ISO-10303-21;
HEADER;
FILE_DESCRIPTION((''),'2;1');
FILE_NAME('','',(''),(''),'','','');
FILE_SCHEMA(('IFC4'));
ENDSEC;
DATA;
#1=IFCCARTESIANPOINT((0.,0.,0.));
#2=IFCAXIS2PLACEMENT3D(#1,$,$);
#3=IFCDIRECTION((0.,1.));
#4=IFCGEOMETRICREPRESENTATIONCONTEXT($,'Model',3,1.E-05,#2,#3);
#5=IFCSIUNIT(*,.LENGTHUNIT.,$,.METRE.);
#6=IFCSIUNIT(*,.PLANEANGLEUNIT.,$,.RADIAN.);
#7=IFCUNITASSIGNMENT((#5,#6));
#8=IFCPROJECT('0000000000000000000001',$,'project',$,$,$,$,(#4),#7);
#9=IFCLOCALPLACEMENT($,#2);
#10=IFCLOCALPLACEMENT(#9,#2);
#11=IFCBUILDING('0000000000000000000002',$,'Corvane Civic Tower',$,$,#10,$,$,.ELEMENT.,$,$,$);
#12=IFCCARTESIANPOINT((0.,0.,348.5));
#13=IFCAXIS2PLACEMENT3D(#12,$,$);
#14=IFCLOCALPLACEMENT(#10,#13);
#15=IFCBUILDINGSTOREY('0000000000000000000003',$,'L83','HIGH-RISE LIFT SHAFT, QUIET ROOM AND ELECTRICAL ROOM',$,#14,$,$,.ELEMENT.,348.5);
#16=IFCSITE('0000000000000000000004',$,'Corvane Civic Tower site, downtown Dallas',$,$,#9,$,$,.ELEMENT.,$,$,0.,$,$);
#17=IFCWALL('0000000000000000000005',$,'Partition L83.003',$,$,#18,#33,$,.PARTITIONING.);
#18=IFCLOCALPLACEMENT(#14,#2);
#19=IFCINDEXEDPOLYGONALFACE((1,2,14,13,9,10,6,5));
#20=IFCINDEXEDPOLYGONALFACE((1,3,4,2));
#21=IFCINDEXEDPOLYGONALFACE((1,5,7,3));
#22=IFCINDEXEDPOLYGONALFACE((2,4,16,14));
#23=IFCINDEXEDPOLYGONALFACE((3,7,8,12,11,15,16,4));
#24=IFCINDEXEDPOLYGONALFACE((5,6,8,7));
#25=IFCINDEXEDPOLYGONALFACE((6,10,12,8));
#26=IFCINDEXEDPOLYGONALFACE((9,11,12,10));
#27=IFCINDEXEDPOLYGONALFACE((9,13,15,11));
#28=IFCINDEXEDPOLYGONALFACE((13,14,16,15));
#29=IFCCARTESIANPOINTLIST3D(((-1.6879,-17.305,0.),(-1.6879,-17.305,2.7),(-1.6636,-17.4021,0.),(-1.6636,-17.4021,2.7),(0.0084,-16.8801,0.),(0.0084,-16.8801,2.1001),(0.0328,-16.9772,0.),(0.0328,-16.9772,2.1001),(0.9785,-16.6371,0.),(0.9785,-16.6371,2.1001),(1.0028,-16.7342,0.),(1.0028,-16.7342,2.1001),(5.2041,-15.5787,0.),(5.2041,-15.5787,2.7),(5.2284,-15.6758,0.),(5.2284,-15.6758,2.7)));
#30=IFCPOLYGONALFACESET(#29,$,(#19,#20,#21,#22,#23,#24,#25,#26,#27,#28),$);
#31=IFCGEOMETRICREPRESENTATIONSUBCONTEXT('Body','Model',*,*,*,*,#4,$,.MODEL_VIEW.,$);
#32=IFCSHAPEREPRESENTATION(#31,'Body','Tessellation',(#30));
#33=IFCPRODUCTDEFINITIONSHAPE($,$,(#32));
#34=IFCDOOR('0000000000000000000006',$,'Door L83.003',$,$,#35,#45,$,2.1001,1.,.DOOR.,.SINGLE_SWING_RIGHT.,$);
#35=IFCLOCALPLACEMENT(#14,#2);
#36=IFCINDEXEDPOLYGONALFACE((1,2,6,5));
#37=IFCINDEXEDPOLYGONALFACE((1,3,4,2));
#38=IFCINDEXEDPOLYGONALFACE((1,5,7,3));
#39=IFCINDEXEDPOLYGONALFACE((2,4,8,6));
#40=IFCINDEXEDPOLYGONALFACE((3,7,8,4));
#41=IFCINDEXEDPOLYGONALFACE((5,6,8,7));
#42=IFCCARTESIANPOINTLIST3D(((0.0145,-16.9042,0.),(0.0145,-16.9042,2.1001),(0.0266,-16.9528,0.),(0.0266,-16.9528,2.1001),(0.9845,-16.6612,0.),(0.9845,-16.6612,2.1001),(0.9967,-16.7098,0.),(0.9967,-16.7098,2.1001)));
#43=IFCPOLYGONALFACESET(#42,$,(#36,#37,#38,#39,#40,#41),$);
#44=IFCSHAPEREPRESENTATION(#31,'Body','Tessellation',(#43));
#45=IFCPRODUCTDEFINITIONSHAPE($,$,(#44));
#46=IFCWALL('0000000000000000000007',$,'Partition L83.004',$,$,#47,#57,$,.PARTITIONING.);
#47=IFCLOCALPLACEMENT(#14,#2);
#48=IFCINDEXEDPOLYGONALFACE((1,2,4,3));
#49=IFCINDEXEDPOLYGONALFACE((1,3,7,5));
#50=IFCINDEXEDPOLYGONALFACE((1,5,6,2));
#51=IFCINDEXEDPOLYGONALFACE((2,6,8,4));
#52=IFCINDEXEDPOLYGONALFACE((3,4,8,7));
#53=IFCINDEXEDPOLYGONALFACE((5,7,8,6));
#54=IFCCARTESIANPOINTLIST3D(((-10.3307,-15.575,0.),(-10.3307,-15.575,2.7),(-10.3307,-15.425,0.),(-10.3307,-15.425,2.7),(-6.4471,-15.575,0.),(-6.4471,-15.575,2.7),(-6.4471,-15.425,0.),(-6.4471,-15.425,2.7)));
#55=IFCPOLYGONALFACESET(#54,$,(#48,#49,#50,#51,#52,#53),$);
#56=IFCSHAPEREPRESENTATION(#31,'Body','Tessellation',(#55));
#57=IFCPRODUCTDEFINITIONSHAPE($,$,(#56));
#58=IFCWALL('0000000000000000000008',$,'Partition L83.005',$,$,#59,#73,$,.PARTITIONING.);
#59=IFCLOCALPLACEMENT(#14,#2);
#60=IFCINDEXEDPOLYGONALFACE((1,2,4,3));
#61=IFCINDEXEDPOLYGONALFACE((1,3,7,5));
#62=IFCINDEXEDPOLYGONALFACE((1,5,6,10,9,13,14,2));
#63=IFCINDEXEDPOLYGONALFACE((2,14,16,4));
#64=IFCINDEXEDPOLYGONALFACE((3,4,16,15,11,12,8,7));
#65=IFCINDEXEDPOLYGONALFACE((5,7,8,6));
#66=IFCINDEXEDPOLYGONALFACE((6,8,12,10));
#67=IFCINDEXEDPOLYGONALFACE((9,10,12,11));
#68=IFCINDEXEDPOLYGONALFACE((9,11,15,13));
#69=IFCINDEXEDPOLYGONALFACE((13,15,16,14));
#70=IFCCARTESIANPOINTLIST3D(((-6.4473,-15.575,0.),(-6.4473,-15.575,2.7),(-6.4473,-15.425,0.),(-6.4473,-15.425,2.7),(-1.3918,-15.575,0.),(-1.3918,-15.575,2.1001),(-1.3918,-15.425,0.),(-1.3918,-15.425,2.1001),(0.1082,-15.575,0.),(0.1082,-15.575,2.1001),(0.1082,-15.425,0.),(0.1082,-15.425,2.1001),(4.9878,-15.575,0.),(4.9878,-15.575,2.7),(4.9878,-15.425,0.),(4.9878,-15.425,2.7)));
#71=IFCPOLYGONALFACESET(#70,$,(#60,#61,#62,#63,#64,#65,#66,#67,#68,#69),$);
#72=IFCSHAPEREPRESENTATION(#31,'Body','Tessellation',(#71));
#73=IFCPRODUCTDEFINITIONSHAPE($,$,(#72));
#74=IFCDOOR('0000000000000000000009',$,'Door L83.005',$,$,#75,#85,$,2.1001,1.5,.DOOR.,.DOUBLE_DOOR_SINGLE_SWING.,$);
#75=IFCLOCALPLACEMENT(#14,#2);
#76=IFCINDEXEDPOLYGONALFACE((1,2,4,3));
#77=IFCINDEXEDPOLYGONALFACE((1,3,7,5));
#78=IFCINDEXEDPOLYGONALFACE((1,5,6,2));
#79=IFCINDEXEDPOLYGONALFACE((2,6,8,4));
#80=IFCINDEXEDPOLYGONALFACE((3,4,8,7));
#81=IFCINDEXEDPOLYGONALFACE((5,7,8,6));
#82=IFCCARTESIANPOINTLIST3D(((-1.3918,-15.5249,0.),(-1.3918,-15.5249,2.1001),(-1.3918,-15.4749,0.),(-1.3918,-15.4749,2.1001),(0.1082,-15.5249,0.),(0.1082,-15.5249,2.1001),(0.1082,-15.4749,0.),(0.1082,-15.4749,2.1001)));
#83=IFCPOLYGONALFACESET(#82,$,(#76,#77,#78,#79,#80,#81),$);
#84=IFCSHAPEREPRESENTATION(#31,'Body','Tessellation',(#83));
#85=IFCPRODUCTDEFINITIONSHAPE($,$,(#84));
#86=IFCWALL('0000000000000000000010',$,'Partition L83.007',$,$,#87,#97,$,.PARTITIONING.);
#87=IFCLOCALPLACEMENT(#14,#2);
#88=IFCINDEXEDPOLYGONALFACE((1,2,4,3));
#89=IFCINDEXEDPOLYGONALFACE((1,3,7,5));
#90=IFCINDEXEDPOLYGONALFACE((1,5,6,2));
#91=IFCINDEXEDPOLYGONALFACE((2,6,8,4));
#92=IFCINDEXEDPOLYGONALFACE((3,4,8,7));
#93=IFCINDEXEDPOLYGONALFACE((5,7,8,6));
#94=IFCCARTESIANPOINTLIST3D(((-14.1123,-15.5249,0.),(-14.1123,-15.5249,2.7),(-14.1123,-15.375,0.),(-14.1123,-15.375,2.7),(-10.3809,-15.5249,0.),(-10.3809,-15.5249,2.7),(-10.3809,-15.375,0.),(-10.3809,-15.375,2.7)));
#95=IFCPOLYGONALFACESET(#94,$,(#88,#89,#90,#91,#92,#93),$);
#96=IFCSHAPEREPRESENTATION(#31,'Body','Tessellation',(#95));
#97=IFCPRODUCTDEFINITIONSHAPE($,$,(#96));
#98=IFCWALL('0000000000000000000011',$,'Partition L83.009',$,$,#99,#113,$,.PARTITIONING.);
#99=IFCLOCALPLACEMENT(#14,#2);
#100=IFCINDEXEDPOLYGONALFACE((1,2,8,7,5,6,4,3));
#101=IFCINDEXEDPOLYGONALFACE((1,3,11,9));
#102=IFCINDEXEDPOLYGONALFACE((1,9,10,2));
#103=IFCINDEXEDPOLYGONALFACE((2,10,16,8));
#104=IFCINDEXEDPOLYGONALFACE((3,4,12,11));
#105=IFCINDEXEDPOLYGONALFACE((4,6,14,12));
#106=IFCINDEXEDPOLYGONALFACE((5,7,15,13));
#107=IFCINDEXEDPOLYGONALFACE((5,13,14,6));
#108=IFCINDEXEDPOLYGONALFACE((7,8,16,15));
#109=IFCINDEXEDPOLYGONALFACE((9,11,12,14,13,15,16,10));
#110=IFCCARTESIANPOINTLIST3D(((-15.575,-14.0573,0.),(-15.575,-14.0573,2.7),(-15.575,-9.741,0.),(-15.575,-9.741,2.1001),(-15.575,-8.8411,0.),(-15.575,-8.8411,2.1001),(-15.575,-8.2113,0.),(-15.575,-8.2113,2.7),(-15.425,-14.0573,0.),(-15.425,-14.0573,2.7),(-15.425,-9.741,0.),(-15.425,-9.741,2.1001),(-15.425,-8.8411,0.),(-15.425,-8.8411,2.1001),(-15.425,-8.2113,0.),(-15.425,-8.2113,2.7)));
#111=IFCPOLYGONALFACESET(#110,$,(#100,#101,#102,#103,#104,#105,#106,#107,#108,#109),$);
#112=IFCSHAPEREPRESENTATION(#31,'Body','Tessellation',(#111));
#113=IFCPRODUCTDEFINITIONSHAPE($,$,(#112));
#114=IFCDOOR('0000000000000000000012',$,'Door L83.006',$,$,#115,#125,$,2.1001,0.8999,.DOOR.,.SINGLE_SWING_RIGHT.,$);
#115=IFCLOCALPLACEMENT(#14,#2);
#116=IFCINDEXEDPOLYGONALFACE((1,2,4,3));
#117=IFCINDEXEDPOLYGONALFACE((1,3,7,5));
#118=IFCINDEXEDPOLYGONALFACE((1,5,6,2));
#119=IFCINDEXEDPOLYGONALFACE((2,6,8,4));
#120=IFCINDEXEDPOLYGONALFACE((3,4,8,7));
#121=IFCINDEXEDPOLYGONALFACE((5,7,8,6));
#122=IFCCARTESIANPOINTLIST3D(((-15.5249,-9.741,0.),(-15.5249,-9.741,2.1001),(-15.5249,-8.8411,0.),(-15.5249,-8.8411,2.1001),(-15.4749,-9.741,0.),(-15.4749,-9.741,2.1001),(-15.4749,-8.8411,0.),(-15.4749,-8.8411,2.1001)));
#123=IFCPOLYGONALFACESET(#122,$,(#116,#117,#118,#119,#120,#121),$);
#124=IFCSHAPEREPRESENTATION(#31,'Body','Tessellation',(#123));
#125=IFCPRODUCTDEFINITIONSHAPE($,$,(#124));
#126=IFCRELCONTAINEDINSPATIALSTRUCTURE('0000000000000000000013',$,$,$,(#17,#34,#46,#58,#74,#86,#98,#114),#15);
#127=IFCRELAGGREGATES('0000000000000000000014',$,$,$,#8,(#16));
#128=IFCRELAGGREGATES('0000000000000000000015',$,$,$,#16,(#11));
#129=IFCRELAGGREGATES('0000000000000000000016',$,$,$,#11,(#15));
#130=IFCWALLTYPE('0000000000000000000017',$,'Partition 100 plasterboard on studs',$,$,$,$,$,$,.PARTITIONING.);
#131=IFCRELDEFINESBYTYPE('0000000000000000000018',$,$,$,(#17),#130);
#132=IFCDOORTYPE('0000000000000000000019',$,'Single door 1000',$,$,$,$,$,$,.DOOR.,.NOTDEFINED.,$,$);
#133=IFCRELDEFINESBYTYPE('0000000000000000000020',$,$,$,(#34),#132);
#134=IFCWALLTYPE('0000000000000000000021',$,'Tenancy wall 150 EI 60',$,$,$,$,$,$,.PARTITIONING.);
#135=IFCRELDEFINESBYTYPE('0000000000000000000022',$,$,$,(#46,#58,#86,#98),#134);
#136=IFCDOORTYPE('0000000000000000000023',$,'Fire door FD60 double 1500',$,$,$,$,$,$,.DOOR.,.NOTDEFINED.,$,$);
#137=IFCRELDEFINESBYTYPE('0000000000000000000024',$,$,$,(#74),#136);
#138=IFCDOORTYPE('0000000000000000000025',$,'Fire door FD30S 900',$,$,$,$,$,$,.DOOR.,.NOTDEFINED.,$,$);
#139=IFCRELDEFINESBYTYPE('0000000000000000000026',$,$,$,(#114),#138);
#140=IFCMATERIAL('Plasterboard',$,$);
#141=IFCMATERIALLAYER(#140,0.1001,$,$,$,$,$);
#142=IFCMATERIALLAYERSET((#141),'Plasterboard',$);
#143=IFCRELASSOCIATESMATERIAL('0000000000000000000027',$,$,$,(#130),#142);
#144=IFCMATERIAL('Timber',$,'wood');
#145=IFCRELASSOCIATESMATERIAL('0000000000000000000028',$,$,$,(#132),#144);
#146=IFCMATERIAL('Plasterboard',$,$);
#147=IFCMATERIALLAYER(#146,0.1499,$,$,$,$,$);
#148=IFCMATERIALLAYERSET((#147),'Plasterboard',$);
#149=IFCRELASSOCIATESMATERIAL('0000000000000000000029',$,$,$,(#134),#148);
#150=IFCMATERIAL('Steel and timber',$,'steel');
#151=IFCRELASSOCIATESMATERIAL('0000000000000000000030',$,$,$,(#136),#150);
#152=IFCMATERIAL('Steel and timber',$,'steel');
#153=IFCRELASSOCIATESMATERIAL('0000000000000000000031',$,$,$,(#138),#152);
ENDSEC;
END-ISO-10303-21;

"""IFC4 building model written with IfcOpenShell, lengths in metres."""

from ifc_helpers import new_model, si_unit, direction, frame, frame_2d, origin, place, context, subcontext, project, spatial, rectangle, extrude, material, layer, layer_set, type_object, element, fill, save


model = new_model("IFC4")

# Units and contexts
model_context = context("Model", 3, precision=1e-05, world=origin(), true_north=direction((0.0, 1.0)))
body_context = subcontext(model_context, "Body", "Model", "MODEL_VIEW")
ifc_project = project(units=[si_unit("LENGTHUNIT", "METRE"), si_unit("PLANEANGLEUNIT", "RADIAN")], contexts=[model_context])

# Site, building, storey
site_placement = place(None, origin())
site = spatial("IfcSite", under=ifc_project, at=site_placement, Name="Corvane Civic Tower site, downtown Dallas", CompositionType="ELEMENT", RefElevation=0.0)
building_placement = place(site_placement, origin())
building = spatial("IfcBuilding", under=site, at=building_placement, Name="Corvane Civic Tower", CompositionType="ELEMENT")
storey_placement = place(building_placement, frame((0.0, 0.0, 348.5)))
storey = spatial("IfcBuildingStorey", under=building, at=storey_placement, Name="L83", Description="HIGH-RISE LIFT SHAFT, QUIET ROOM AND ELECTRICAL ROOM", CompositionType="ELEMENT", Elevation=348.5)

# Shared definitions
ifc_material_1 = material(Name="Plasterboard")
ifc_layer_1 = layer(ifc_material_1, 0.1001)
ifc_layer_set_1 = layer_set([ifc_layer_1], Name="Plasterboard")
wall_type_1 = type_object("IfcWallType", Name="Partition 100 plasterboard on studs", PredefinedType="PARTITIONING", material=ifc_layer_set_1)

# Wall, opening, door
ifc_material_2 = material(Name="Timber", Category="wood")
door_type_1 = type_object("IfcDoorType", Name="Single door 1000", OperationType="NOTDEFINED", PredefinedType="DOOR", material=ifc_material_2)
wall_1_placement = place(storey_placement, frame((-1.6758, -17.3535, 0.0), z_axis=(0.0, 0.0, 1.0), x_axis=(0.970033, 0.242972, 0.0)))
wall_1 = element("IfcWall", 1, at=wall_1_placement, inside=storey, type_object=wall_type_1, Name="Partition L83.003", PredefinedType="PARTITIONING", context=body_context, shape_type="SweptSolid", body=[
    extrude(rectangle(XDim=7.105, YDim=0.1001, at=frame_2d((3.5525, 0.0))), origin(), (0.0, 0.0, 1.0), 2.7),
])
opening_1_placement = place(wall_1_placement, frame((1.7488, 0.0, 0.0)))
opening_1 = element("IfcOpeningElement", 2, at=opening_1_placement, cuts=wall_1, PredefinedType="OPENING", context=body_context, shape_type="SweptSolid", body=[
    extrude(rectangle(XDim=1.0, YDim=2.1001, at=frame_2d((0.5, 1.05))), frame((0.0, 0.0601, 0.0), z_axis=(0.0, -1.0, 0.0), x_axis=(1.0, 0.0, 0.0)), (0.0, 0.0, 1.0), 0.1201),
])
door_1_placement = place(opening_1_placement, frame((1.0, 0.0, 0.0), z_axis=(0.0, 0.0, 1.0), x_axis=(-1.0, 0.0, 0.0)))
door_1 = element("IfcDoor", 3, at=door_1_placement, inside=storey, type_object=door_type_1, Name="Door L83.003", OperationType="SINGLE_SWING_RIGHT", OverallHeight=2.1001, OverallWidth=1.0, PredefinedType="DOOR", context=body_context, shape_type="SweptSolid", body=[
    extrude(rectangle(XDim=1.0, YDim=2.1001, at=frame_2d((0.5, 1.05))), frame((0.0, 0.0249, 0.0), z_axis=(0.0, -1.0, 0.0), x_axis=(1.0, 0.0, 0.0)), (0.0, 0.0, 1.0), 0.05),
])
fill(opening_1, door_1)

# Wall
ifc_material_3 = material(Name="Plasterboard")
ifc_layer_2 = layer(ifc_material_3, 0.1499)
ifc_layer_set_2 = layer_set([ifc_layer_2], Name="Plasterboard")
wall_type_2 = type_object("IfcWallType", Name="Tenancy wall 150 EI 60", PredefinedType="PARTITIONING", material=ifc_layer_set_2)
wall_2_placement = place(storey_placement, frame((-10.3308, -15.5, 0.0), z_axis=(0.0, 0.0, 1.0), x_axis=(1.0, 0.0, 0.0)))
element("IfcWall", 4, at=wall_2_placement, inside=storey, type_object=wall_type_2, Name="Partition L83.004", PredefinedType="PARTITIONING", context=body_context, shape_type="SweptSolid", body=[
    extrude(rectangle(XDim=3.8835, YDim=0.1499, at=frame_2d((1.9419, 0.0))), origin(), (0.0, 0.0, 1.0), 2.7),
])

# Wall, opening, door
wall_3_placement = place(storey_placement, frame((-6.4473, -15.5, 0.0), z_axis=(0.0, 0.0, 1.0), x_axis=(1.0, 0.0, 0.0)))
wall_3 = element("IfcWall", 5, at=wall_3_placement, inside=storey, type_object=wall_type_2, Name="Partition L83.005", PredefinedType="PARTITIONING", context=body_context, shape_type="SweptSolid", body=[
    extrude(rectangle(XDim=11.4351, YDim=0.1499, at=frame_2d((5.7175, 0.0))), origin(), (0.0, 0.0, 1.0), 2.7),
])
opening_2_placement = place(wall_3_placement, frame((5.0554, 0.0, 0.0)))
opening_2 = element("IfcOpeningElement", 6, at=opening_2_placement, cuts=wall_3, PredefinedType="OPENING", context=body_context, shape_type="SweptSolid", body=[
    extrude(rectangle(XDim=1.5, YDim=2.1001, at=frame_2d((0.75, 1.05))), frame((0.0, 0.085, 0.0), z_axis=(0.0, -1.0, 0.0), x_axis=(1.0, 0.0, 0.0)), (0.0, 0.0, 1.0), 0.1699),
])
ifc_material_4 = material(Name="Steel and timber", Category="steel")
door_type_2 = type_object("IfcDoorType", Name="Fire door FD60 double 1500", OperationType="NOTDEFINED", PredefinedType="DOOR", material=ifc_material_4)
door_2_placement = place(opening_2_placement, frame((1.5, 0.0, 0.0), z_axis=(0.0, 0.0, 1.0), x_axis=(-1.0, 0.0, 0.0)))
door_2 = element("IfcDoor", 7, at=door_2_placement, inside=storey, type_object=door_type_2, Name="Door L83.005", OperationType="DOUBLE_DOOR_SINGLE_SWING", OverallHeight=2.1001, OverallWidth=1.5, PredefinedType="DOOR", context=body_context, shape_type="SweptSolid", body=[
    extrude(rectangle(XDim=1.5, YDim=2.1001, at=frame_2d((0.75, 1.05))), frame((0.0, 0.0249, 0.0), z_axis=(0.0, -1.0, 0.0), x_axis=(1.0, 0.0, 0.0)), (0.0, 0.0, 1.0), 0.05),
])
fill(opening_2, door_2)

# Wall
wall_4_placement = place(storey_placement, frame((-14.1123, -15.45, 0.0), z_axis=(0.0, 0.0, 1.0), x_axis=(1.0, 0.0, 0.0)))
element("IfcWall", 8, at=wall_4_placement, inside=storey, type_object=wall_type_2, Name="Partition L83.007", PredefinedType="PARTITIONING", context=body_context, shape_type="SweptSolid", body=[
    extrude(rectangle(XDim=3.7314, YDim=0.1499, at=frame_2d((1.8657, 0.0))), origin(), (0.0, 0.0, 1.0), 2.7),
])

# Wall, opening, door
wall_5_placement = place(storey_placement, frame((-15.5, -14.0571, 0.0), z_axis=(0.0, 0.0, 1.0), x_axis=(0.0, 1.0, 0.0)))
wall_5 = element("IfcWall", 9, at=wall_5_placement, inside=storey, type_object=wall_type_2, Name="Partition L83.009", PredefinedType="PARTITIONING", context=body_context, shape_type="SweptSolid", body=[
    extrude(rectangle(XDim=5.8459, YDim=0.1499, at=frame_2d((2.9229, 0.0))), origin(), (0.0, 0.0, 1.0), 2.7),
])
opening_3_placement = place(wall_5_placement, frame((4.3162, 0.0, 0.0)))
opening_3 = element("IfcOpeningElement", 10, at=opening_3_placement, cuts=wall_5, PredefinedType="OPENING", context=body_context, shape_type="SweptSolid", body=[
    extrude(rectangle(XDim=0.8999, YDim=2.1001, at=frame_2d((0.45, 1.05))), frame((0.0, 0.085, 0.0), z_axis=(0.0, -1.0, 0.0), x_axis=(1.0, 0.0, 0.0)), (0.0, 0.0, 1.0), 0.1699),
])
ifc_material_5 = material(Name="Steel and timber", Category="steel")
door_type_3 = type_object("IfcDoorType", Name="Fire door FD30S 900", OperationType="NOTDEFINED", PredefinedType="DOOR", material=ifc_material_5)
door_3_placement = place(opening_3_placement, origin())
door_3 = element("IfcDoor", 11, at=door_3_placement, inside=storey, type_object=door_type_3, Name="Door L83.006", OperationType="SINGLE_SWING_RIGHT", OverallHeight=2.1001, OverallWidth=0.8999, PredefinedType="DOOR", context=body_context, shape_type="SweptSolid", body=[
    extrude(rectangle(XDim=0.8999, YDim=2.1001, at=frame_2d((0.45, 1.05))), frame((0.0, 0.0249, 0.0), z_axis=(0.0, -1.0, 0.0), x_axis=(1.0, 0.0, 0.0)), (0.0, 0.0, 1.0), 0.05),
])
fill(opening_3, door_3)

save(model, "model.ifc")
